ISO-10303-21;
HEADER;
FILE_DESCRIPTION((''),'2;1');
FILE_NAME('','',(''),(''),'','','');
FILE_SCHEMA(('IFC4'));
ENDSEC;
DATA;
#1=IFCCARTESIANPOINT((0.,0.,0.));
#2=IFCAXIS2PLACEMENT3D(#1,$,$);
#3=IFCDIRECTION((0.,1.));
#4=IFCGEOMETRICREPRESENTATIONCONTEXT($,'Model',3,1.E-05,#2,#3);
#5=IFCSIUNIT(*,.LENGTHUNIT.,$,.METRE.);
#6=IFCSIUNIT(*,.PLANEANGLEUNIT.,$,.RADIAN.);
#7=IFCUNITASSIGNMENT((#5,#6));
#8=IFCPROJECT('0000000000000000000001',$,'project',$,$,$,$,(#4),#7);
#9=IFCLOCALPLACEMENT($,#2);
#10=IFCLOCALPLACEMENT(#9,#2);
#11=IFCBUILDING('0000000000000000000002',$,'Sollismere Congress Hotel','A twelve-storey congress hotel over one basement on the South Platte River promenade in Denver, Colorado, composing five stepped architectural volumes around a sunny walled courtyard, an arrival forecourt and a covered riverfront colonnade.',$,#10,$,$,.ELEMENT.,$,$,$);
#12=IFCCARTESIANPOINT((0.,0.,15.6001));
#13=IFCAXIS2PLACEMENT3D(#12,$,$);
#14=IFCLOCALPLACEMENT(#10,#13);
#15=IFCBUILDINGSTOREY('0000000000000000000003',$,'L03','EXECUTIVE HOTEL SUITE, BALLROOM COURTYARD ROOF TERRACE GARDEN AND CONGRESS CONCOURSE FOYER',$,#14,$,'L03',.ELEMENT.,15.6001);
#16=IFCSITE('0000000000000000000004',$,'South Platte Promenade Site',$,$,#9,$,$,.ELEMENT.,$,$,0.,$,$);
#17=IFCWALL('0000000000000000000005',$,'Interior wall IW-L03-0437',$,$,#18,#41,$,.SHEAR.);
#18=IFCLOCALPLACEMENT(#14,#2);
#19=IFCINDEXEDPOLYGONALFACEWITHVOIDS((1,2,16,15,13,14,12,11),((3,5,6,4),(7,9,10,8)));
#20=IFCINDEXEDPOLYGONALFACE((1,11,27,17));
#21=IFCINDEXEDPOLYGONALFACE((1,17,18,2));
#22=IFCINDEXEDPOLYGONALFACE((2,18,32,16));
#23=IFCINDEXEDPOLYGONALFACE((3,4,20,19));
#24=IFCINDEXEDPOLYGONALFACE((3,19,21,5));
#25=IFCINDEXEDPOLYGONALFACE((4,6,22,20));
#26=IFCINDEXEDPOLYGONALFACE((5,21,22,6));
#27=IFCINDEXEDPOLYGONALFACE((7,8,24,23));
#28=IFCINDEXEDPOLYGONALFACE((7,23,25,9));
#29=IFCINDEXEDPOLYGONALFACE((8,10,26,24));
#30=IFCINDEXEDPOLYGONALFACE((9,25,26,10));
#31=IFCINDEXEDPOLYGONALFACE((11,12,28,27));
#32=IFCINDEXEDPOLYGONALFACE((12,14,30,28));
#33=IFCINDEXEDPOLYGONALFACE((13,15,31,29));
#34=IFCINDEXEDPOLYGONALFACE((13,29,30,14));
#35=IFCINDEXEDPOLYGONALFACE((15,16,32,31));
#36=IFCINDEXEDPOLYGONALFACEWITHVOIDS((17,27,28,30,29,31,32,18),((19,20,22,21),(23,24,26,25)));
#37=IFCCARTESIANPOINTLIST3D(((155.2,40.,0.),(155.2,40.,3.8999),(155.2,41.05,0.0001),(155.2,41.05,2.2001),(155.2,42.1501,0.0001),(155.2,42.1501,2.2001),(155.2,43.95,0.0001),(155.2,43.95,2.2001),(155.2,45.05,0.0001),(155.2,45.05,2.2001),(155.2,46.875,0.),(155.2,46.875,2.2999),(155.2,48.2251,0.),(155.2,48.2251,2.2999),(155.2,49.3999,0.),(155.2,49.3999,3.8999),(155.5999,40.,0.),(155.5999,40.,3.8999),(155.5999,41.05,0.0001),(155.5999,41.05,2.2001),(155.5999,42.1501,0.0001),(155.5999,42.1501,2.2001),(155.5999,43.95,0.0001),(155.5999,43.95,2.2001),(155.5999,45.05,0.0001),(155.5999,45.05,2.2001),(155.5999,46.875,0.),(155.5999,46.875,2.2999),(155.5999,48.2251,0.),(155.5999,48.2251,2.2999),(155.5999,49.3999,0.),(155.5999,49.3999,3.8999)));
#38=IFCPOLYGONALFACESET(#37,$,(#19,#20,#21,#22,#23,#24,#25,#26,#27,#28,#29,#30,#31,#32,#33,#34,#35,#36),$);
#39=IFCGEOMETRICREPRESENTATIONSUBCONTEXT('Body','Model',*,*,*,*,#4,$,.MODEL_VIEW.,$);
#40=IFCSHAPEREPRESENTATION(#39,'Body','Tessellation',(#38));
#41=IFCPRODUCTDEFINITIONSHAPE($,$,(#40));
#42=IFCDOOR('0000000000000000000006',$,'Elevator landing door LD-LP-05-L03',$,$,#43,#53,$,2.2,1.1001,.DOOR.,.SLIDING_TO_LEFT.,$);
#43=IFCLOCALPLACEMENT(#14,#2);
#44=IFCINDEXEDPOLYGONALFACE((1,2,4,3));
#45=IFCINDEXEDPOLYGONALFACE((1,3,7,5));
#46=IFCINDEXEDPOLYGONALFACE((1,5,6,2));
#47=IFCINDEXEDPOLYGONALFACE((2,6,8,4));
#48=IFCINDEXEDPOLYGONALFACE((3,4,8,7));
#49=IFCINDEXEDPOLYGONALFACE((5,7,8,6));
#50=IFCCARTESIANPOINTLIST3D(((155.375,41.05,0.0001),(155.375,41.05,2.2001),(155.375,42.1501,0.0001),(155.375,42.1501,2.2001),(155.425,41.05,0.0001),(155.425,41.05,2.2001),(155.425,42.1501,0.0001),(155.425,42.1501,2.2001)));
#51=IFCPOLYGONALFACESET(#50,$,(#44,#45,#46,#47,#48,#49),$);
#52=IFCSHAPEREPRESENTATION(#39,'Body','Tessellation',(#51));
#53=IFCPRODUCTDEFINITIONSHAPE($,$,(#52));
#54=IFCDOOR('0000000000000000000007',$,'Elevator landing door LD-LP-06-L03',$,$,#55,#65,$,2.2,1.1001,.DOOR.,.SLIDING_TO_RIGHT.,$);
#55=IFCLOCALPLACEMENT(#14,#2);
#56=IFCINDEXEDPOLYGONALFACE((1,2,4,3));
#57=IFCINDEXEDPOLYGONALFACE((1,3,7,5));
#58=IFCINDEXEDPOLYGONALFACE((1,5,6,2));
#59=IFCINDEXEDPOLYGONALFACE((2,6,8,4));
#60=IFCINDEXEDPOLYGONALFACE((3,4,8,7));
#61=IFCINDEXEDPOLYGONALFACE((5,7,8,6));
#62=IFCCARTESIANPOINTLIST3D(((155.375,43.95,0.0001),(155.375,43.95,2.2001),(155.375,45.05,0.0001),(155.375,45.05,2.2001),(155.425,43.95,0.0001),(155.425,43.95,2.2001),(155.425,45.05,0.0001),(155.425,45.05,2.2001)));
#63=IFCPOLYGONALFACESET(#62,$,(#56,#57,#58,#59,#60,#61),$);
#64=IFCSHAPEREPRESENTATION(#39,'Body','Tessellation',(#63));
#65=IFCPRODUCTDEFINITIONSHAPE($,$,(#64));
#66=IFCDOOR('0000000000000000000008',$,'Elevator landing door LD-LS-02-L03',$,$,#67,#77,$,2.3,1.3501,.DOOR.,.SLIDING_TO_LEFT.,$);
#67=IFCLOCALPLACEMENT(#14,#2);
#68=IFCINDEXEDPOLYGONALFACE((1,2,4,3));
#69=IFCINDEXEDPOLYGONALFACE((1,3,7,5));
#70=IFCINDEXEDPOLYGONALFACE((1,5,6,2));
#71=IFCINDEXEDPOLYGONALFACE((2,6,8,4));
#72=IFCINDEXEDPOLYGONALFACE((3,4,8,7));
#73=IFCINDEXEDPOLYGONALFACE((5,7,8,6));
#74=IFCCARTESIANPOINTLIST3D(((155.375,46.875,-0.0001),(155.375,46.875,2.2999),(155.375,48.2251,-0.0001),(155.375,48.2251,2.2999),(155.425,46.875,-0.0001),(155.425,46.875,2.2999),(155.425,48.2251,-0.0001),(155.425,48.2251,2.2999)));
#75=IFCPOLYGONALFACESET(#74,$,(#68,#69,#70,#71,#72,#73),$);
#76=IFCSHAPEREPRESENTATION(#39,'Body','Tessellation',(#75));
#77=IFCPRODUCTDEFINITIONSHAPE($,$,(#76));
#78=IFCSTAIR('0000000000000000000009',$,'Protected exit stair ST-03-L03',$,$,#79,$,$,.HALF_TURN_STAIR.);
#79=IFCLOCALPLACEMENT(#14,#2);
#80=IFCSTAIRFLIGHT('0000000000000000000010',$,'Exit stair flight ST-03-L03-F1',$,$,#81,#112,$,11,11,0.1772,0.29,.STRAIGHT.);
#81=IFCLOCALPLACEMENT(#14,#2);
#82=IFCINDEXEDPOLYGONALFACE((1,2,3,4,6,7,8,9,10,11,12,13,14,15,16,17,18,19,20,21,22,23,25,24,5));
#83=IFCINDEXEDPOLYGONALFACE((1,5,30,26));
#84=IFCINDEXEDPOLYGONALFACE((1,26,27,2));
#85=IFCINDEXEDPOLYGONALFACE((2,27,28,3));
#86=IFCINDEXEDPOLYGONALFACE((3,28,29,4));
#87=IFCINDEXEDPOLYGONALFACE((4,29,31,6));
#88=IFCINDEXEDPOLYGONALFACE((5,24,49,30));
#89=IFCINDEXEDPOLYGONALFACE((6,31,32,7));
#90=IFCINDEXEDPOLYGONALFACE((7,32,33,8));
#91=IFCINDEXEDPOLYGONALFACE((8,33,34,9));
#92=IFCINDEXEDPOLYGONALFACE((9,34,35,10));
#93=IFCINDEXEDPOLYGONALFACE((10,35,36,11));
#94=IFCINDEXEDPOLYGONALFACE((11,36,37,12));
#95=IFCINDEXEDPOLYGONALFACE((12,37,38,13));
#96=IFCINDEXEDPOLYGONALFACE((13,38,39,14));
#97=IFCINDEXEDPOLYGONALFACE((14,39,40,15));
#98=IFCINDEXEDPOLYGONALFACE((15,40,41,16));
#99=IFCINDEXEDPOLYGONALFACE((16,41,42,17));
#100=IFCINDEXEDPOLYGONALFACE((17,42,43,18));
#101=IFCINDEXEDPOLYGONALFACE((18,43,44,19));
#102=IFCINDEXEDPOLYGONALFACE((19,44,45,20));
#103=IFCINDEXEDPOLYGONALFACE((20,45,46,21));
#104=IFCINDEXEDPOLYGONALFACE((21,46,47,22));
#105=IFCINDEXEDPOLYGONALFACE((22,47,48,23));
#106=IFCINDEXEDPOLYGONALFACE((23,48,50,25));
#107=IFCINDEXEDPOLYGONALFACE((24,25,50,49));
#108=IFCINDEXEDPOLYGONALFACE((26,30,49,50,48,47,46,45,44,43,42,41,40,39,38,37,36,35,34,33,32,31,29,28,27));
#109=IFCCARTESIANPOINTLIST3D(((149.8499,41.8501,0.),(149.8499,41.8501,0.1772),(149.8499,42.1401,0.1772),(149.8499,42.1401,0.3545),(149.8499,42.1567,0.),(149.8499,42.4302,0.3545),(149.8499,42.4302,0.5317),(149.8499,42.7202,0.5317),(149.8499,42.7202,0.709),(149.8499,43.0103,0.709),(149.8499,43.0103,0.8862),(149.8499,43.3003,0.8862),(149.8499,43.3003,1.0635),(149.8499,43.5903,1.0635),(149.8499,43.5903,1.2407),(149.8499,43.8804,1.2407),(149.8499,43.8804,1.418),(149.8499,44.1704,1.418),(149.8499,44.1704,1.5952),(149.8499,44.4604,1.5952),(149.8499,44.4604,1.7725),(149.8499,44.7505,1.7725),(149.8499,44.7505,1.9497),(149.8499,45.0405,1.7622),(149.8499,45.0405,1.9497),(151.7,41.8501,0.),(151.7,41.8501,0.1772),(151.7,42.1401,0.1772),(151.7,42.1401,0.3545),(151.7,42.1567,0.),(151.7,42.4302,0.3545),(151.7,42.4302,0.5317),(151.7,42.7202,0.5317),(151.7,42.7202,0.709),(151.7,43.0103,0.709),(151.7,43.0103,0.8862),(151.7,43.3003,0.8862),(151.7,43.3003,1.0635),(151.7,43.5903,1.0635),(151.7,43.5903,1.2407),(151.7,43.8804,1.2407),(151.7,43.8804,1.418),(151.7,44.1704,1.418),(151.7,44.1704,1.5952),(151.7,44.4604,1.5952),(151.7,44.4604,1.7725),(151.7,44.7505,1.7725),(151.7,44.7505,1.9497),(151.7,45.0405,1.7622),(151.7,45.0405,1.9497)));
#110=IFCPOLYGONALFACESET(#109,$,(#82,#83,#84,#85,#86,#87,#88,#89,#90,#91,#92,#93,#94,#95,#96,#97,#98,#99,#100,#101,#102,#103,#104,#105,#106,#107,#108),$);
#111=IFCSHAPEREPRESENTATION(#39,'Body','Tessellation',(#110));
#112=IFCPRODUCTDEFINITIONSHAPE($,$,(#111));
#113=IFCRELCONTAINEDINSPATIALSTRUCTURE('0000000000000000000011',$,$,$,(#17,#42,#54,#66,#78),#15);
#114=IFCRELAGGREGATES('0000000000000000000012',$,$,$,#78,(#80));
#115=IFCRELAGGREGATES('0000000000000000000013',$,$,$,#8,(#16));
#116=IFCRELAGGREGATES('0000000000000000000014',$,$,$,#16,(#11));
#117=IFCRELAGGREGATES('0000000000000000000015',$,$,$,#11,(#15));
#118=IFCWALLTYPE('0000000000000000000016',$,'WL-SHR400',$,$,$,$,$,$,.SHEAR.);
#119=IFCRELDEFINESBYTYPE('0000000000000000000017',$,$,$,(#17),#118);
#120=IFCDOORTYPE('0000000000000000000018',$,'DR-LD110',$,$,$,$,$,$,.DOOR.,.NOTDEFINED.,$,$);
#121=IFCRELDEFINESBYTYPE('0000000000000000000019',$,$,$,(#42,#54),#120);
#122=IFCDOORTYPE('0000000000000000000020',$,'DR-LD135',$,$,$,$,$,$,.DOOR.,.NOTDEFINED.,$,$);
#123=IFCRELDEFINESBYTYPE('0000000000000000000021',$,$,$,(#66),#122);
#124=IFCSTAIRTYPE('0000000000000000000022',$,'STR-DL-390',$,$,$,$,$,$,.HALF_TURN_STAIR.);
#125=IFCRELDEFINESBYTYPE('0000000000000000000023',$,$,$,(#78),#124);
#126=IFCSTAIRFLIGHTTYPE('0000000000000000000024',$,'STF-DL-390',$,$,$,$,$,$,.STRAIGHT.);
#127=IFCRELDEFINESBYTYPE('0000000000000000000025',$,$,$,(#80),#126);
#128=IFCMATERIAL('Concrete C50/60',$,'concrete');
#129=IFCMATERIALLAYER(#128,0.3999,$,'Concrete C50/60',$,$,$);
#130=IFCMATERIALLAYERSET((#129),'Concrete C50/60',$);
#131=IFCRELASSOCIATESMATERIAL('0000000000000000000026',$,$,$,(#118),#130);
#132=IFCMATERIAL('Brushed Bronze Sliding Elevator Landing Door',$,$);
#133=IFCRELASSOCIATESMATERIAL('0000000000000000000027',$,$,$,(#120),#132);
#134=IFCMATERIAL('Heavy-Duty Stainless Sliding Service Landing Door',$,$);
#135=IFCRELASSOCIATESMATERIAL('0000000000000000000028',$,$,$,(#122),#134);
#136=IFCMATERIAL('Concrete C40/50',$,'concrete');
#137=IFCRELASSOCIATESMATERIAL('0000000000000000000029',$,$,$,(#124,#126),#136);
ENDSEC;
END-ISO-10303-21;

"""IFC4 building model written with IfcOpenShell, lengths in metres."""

from ifc_helpers import new_model, si_unit, direction, frame, frame_2d, origin, place, context, subcontext, project, spatial, polyline, rectangle, outline, extrude, material, layer, layer_set, type_object, element, fill, aggregate, save


model = new_model("IFC4")

# Units and contexts
model_context = context("Model", 3, precision=1e-05, world=origin(), true_north=direction((0.0, 1.0)))
body_context = subcontext(model_context, "Body", "Model", "MODEL_VIEW")
ifc_project = project(units=[si_unit("LENGTHUNIT", "METRE"), si_unit("PLANEANGLEUNIT", "RADIAN")], contexts=[model_context])

# Site, building, storey
site_placement = place(None, origin())
site = spatial("IfcSite", under=ifc_project, at=site_placement, Name="South Platte Promenade Site", CompositionType="ELEMENT", RefElevation=0.0)
building_placement = place(site_placement, origin())
building = spatial("IfcBuilding", under=site, at=building_placement, Name="Sollismere Congress Hotel", Description="A twelve-storey congress hotel over one basement on the South Platte River promenade in Denver, Colorado, composing five stepped architectural volumes around a sunny walled courtyard, an arrival forecourt and a covered riverfront colonnade.", CompositionType="ELEMENT")
storey_placement = place(building_placement, frame((0.0, 0.0, 15.6001)))
storey = spatial("IfcBuildingStorey", under=building, at=storey_placement, Name="L03", Description="EXECUTIVE HOTEL SUITE, BALLROOM COURTYARD ROOF TERRACE GARDEN AND CONGRESS CONCOURSE FOYER", LongName="L03", CompositionType="ELEMENT", Elevation=15.6001)

# Shared definitions
ifc_material_1 = material(Name="Concrete C50/60", Category="concrete")

# Shared definitions
ifc_layer_1 = layer(ifc_material_1, 0.3999, Name="Concrete C50/60")
ifc_layer_set_1 = layer_set([ifc_layer_1], Name="Concrete C50/60")
wall_type_1 = type_object("IfcWallType", Name="WL-SHR400", PredefinedType="SHEAR", material=ifc_layer_set_1)

# Wall, openings, doors
wall_1_placement = place(storey_placement, frame((155.3999, 40.0, 0.0), z_axis=(0.0, 0.0, 1.0), x_axis=(0.0, 1.0, 0.0)))
wall_1 = element("IfcWall", 1, at=wall_1_placement, inside=storey, type_object=wall_type_1, Name="Interior wall IW-L03-0437", PredefinedType="SHEAR", context=body_context, shape_type="SweptSolid", body=[
    extrude(rectangle(XDim=9.3999, YDim=0.3999, at=frame_2d((4.7, 0.0))), origin(), (0.0, 0.0, 1.0), 3.8999),
])
opening_1_placement = place(wall_1_placement, frame((1.05, 0.0, 0.0)))
opening_1 = element("IfcOpeningElement", 2, at=opening_1_placement, cuts=wall_1, PredefinedType="OPENING", context=body_context, shape_type="SweptSolid", body=[
    extrude(rectangle(XDim=1.1001, YDim=2.2, at=frame_2d((0.55, 1.1001))), frame((0.0, 0.21, 0.0), z_axis=(0.0, -1.0, 0.0), x_axis=(1.0, 0.0, 0.0)), (0.0, 0.0, 1.0), 0.4199),
])
opening_2_placement = place(wall_1_placement, frame((3.95, 0.0, 0.0)))
opening_2 = element("IfcOpeningElement", 3, at=opening_2_placement, cuts=wall_1, PredefinedType="OPENING", context=body_context, shape_type="SweptSolid", body=[
    extrude(rectangle(XDim=1.1001, YDim=2.2, at=frame_2d((0.55, 1.1001))), frame((0.0, 0.21, 0.0), z_axis=(0.0, -1.0, 0.0), x_axis=(1.0, 0.0, 0.0)), (0.0, 0.0, 1.0), 0.4199),
])
opening_3_placement = place(wall_1_placement, frame((6.875, 0.0, 0.0)))
opening_3 = element("IfcOpeningElement", 4, at=opening_3_placement, cuts=wall_1, PredefinedType="OPENING", context=body_context, shape_type="SweptSolid", body=[
    extrude(rectangle(XDim=1.3501, YDim=2.3, at=frame_2d((0.675, 1.1499))), frame((0.0, 0.21, 0.0), z_axis=(0.0, -1.0, 0.0), x_axis=(1.0, 0.0, 0.0)), (0.0, 0.0, 1.0), 0.4199),
])
ifc_material_2 = material(Name="Brushed Bronze Sliding Elevator Landing Door")
door_type_1 = type_object("IfcDoorType", Name="DR-LD110", OperationType="NOTDEFINED", PredefinedType="DOOR", material=ifc_material_2)
door_1_placement = place(opening_1_placement, origin())
door_1 = element("IfcDoor", 5, at=door_1_placement, inside=storey, type_object=door_type_1, Name="Elevator landing door LD-LP-05-L03", OperationType="SLIDING_TO_LEFT", OverallHeight=2.2, OverallWidth=1.1001, PredefinedType="DOOR", context=body_context, shape_type="SweptSolid", body=[
    extrude(rectangle(XDim=1.1001, YDim=2.2, at=frame_2d((0.55, 1.1001))), frame((0.0, 0.0249, 0.0), z_axis=(0.0, -1.0, 0.0), x_axis=(1.0, 0.0, 0.0)), (0.0, 0.0, 1.0), 0.05),
])
fill(opening_1, door_1)
door_2_placement = place(opening_2_placement, origin())
door_2 = element("IfcDoor", 6, at=door_2_placement, inside=storey, type_object=door_type_1, Name="Elevator landing door LD-LP-06-L03", OperationType="SLIDING_TO_RIGHT", OverallHeight=2.2, OverallWidth=1.1001, PredefinedType="DOOR", context=body_context, shape_type="SweptSolid", body=[
    extrude(rectangle(XDim=1.1001, YDim=2.2, at=frame_2d((0.55, 1.1001))), frame((0.0, 0.0249, 0.0), z_axis=(0.0, -1.0, 0.0), x_axis=(1.0, 0.0, 0.0)), (0.0, 0.0, 1.0), 0.05),
])
fill(opening_2, door_2)
ifc_material_3 = material(Name="Heavy-Duty Stainless Sliding Service Landing Door")
door_type_2 = type_object("IfcDoorType", Name="DR-LD135", OperationType="NOTDEFINED", PredefinedType="DOOR", material=ifc_material_3)
door_3_placement = place(opening_3_placement, origin())
door_3 = element("IfcDoor", 7, at=door_3_placement, inside=storey, type_object=door_type_2, Name="Elevator landing door LD-LS-02-L03", OperationType="SLIDING_TO_LEFT", OverallHeight=2.3, OverallWidth=1.3501, PredefinedType="DOOR", context=body_context, shape_type="SweptSolid", body=[
    extrude(rectangle(XDim=1.3501, YDim=2.3, at=frame_2d((0.675, 1.1499))), frame((0.0, 0.0249, 0.0), z_axis=(0.0, -1.0, 0.0), x_axis=(1.0, 0.0, 0.0)), (0.0, 0.0, 1.0), 0.05),
])
fill(opening_3, door_3)

# Stair, stair flight
ifc_material_4 = material(Name="Concrete C40/50", Category="concrete")
stair_type = type_object("IfcStairType", Name="STR-DL-390", PredefinedType="HALF_TURN_STAIR", material=ifc_material_4)
stair_placement = place(storey_placement, origin())
stair = element("IfcStair", 8, at=stair_placement, inside=storey, type_object=stair_type, Name="Protected exit stair ST-03-L03", PredefinedType="HALF_TURN_STAIR")
stair_flight_type = type_object("IfcStairFlightType", Name="STF-DL-390", PredefinedType="STRAIGHT", material=ifc_material_4)
stair_flight_placement = place(storey_placement, frame((150.7749, 41.8501, 0.0), z_axis=(0.0, 0.0, 1.0), x_axis=(0.0, 1.0, 0.0)))
stair_flight = element("IfcStairFlight", 9, at=stair_flight_placement, type_object=stair_flight_type, Name="Exit stair flight ST-03-L03-F1", NumberOfRisers=11, NumberOfTreads=11, PredefinedType="STRAIGHT", RiserHeight=0.1772, TreadLength=0.29, context=body_context, shape_type="SweptSolid", body=[
    extrude(outline(polyline([(0.0, 0.0), (0.0, 0.1772), (0.29, 0.1772), (0.29, 0.3545), (0.5801, 0.3545), (0.5801, 0.5317), (0.8701, 0.5317), (0.8701, 0.709), (1.1602, 0.709), (1.1602, 0.8862), (1.4502, 0.8862), (1.4502, 1.0635), (1.7402, 1.0635), (1.7402, 1.2407), (2.0303, 1.2407), (2.0303, 1.418), (2.3203, 1.418), (2.3203, 1.5952), (2.6104, 1.5952), (2.6104, 1.7725), (2.9004, 1.7725), (2.9004, 1.9497), (3.1904, 1.9497), (3.1904, 1.7622), (0.3066, 0.0), (0.0, 0.0)])), frame((0.0, 0.925, 0.0), z_axis=(0.0, -1.0, 0.0), x_axis=(1.0, 0.0, 0.0)), (0.0, 0.0, 1.0), 1.8501),
])
aggregate(stair, [stair_flight])

save(model, "model.ifc")
